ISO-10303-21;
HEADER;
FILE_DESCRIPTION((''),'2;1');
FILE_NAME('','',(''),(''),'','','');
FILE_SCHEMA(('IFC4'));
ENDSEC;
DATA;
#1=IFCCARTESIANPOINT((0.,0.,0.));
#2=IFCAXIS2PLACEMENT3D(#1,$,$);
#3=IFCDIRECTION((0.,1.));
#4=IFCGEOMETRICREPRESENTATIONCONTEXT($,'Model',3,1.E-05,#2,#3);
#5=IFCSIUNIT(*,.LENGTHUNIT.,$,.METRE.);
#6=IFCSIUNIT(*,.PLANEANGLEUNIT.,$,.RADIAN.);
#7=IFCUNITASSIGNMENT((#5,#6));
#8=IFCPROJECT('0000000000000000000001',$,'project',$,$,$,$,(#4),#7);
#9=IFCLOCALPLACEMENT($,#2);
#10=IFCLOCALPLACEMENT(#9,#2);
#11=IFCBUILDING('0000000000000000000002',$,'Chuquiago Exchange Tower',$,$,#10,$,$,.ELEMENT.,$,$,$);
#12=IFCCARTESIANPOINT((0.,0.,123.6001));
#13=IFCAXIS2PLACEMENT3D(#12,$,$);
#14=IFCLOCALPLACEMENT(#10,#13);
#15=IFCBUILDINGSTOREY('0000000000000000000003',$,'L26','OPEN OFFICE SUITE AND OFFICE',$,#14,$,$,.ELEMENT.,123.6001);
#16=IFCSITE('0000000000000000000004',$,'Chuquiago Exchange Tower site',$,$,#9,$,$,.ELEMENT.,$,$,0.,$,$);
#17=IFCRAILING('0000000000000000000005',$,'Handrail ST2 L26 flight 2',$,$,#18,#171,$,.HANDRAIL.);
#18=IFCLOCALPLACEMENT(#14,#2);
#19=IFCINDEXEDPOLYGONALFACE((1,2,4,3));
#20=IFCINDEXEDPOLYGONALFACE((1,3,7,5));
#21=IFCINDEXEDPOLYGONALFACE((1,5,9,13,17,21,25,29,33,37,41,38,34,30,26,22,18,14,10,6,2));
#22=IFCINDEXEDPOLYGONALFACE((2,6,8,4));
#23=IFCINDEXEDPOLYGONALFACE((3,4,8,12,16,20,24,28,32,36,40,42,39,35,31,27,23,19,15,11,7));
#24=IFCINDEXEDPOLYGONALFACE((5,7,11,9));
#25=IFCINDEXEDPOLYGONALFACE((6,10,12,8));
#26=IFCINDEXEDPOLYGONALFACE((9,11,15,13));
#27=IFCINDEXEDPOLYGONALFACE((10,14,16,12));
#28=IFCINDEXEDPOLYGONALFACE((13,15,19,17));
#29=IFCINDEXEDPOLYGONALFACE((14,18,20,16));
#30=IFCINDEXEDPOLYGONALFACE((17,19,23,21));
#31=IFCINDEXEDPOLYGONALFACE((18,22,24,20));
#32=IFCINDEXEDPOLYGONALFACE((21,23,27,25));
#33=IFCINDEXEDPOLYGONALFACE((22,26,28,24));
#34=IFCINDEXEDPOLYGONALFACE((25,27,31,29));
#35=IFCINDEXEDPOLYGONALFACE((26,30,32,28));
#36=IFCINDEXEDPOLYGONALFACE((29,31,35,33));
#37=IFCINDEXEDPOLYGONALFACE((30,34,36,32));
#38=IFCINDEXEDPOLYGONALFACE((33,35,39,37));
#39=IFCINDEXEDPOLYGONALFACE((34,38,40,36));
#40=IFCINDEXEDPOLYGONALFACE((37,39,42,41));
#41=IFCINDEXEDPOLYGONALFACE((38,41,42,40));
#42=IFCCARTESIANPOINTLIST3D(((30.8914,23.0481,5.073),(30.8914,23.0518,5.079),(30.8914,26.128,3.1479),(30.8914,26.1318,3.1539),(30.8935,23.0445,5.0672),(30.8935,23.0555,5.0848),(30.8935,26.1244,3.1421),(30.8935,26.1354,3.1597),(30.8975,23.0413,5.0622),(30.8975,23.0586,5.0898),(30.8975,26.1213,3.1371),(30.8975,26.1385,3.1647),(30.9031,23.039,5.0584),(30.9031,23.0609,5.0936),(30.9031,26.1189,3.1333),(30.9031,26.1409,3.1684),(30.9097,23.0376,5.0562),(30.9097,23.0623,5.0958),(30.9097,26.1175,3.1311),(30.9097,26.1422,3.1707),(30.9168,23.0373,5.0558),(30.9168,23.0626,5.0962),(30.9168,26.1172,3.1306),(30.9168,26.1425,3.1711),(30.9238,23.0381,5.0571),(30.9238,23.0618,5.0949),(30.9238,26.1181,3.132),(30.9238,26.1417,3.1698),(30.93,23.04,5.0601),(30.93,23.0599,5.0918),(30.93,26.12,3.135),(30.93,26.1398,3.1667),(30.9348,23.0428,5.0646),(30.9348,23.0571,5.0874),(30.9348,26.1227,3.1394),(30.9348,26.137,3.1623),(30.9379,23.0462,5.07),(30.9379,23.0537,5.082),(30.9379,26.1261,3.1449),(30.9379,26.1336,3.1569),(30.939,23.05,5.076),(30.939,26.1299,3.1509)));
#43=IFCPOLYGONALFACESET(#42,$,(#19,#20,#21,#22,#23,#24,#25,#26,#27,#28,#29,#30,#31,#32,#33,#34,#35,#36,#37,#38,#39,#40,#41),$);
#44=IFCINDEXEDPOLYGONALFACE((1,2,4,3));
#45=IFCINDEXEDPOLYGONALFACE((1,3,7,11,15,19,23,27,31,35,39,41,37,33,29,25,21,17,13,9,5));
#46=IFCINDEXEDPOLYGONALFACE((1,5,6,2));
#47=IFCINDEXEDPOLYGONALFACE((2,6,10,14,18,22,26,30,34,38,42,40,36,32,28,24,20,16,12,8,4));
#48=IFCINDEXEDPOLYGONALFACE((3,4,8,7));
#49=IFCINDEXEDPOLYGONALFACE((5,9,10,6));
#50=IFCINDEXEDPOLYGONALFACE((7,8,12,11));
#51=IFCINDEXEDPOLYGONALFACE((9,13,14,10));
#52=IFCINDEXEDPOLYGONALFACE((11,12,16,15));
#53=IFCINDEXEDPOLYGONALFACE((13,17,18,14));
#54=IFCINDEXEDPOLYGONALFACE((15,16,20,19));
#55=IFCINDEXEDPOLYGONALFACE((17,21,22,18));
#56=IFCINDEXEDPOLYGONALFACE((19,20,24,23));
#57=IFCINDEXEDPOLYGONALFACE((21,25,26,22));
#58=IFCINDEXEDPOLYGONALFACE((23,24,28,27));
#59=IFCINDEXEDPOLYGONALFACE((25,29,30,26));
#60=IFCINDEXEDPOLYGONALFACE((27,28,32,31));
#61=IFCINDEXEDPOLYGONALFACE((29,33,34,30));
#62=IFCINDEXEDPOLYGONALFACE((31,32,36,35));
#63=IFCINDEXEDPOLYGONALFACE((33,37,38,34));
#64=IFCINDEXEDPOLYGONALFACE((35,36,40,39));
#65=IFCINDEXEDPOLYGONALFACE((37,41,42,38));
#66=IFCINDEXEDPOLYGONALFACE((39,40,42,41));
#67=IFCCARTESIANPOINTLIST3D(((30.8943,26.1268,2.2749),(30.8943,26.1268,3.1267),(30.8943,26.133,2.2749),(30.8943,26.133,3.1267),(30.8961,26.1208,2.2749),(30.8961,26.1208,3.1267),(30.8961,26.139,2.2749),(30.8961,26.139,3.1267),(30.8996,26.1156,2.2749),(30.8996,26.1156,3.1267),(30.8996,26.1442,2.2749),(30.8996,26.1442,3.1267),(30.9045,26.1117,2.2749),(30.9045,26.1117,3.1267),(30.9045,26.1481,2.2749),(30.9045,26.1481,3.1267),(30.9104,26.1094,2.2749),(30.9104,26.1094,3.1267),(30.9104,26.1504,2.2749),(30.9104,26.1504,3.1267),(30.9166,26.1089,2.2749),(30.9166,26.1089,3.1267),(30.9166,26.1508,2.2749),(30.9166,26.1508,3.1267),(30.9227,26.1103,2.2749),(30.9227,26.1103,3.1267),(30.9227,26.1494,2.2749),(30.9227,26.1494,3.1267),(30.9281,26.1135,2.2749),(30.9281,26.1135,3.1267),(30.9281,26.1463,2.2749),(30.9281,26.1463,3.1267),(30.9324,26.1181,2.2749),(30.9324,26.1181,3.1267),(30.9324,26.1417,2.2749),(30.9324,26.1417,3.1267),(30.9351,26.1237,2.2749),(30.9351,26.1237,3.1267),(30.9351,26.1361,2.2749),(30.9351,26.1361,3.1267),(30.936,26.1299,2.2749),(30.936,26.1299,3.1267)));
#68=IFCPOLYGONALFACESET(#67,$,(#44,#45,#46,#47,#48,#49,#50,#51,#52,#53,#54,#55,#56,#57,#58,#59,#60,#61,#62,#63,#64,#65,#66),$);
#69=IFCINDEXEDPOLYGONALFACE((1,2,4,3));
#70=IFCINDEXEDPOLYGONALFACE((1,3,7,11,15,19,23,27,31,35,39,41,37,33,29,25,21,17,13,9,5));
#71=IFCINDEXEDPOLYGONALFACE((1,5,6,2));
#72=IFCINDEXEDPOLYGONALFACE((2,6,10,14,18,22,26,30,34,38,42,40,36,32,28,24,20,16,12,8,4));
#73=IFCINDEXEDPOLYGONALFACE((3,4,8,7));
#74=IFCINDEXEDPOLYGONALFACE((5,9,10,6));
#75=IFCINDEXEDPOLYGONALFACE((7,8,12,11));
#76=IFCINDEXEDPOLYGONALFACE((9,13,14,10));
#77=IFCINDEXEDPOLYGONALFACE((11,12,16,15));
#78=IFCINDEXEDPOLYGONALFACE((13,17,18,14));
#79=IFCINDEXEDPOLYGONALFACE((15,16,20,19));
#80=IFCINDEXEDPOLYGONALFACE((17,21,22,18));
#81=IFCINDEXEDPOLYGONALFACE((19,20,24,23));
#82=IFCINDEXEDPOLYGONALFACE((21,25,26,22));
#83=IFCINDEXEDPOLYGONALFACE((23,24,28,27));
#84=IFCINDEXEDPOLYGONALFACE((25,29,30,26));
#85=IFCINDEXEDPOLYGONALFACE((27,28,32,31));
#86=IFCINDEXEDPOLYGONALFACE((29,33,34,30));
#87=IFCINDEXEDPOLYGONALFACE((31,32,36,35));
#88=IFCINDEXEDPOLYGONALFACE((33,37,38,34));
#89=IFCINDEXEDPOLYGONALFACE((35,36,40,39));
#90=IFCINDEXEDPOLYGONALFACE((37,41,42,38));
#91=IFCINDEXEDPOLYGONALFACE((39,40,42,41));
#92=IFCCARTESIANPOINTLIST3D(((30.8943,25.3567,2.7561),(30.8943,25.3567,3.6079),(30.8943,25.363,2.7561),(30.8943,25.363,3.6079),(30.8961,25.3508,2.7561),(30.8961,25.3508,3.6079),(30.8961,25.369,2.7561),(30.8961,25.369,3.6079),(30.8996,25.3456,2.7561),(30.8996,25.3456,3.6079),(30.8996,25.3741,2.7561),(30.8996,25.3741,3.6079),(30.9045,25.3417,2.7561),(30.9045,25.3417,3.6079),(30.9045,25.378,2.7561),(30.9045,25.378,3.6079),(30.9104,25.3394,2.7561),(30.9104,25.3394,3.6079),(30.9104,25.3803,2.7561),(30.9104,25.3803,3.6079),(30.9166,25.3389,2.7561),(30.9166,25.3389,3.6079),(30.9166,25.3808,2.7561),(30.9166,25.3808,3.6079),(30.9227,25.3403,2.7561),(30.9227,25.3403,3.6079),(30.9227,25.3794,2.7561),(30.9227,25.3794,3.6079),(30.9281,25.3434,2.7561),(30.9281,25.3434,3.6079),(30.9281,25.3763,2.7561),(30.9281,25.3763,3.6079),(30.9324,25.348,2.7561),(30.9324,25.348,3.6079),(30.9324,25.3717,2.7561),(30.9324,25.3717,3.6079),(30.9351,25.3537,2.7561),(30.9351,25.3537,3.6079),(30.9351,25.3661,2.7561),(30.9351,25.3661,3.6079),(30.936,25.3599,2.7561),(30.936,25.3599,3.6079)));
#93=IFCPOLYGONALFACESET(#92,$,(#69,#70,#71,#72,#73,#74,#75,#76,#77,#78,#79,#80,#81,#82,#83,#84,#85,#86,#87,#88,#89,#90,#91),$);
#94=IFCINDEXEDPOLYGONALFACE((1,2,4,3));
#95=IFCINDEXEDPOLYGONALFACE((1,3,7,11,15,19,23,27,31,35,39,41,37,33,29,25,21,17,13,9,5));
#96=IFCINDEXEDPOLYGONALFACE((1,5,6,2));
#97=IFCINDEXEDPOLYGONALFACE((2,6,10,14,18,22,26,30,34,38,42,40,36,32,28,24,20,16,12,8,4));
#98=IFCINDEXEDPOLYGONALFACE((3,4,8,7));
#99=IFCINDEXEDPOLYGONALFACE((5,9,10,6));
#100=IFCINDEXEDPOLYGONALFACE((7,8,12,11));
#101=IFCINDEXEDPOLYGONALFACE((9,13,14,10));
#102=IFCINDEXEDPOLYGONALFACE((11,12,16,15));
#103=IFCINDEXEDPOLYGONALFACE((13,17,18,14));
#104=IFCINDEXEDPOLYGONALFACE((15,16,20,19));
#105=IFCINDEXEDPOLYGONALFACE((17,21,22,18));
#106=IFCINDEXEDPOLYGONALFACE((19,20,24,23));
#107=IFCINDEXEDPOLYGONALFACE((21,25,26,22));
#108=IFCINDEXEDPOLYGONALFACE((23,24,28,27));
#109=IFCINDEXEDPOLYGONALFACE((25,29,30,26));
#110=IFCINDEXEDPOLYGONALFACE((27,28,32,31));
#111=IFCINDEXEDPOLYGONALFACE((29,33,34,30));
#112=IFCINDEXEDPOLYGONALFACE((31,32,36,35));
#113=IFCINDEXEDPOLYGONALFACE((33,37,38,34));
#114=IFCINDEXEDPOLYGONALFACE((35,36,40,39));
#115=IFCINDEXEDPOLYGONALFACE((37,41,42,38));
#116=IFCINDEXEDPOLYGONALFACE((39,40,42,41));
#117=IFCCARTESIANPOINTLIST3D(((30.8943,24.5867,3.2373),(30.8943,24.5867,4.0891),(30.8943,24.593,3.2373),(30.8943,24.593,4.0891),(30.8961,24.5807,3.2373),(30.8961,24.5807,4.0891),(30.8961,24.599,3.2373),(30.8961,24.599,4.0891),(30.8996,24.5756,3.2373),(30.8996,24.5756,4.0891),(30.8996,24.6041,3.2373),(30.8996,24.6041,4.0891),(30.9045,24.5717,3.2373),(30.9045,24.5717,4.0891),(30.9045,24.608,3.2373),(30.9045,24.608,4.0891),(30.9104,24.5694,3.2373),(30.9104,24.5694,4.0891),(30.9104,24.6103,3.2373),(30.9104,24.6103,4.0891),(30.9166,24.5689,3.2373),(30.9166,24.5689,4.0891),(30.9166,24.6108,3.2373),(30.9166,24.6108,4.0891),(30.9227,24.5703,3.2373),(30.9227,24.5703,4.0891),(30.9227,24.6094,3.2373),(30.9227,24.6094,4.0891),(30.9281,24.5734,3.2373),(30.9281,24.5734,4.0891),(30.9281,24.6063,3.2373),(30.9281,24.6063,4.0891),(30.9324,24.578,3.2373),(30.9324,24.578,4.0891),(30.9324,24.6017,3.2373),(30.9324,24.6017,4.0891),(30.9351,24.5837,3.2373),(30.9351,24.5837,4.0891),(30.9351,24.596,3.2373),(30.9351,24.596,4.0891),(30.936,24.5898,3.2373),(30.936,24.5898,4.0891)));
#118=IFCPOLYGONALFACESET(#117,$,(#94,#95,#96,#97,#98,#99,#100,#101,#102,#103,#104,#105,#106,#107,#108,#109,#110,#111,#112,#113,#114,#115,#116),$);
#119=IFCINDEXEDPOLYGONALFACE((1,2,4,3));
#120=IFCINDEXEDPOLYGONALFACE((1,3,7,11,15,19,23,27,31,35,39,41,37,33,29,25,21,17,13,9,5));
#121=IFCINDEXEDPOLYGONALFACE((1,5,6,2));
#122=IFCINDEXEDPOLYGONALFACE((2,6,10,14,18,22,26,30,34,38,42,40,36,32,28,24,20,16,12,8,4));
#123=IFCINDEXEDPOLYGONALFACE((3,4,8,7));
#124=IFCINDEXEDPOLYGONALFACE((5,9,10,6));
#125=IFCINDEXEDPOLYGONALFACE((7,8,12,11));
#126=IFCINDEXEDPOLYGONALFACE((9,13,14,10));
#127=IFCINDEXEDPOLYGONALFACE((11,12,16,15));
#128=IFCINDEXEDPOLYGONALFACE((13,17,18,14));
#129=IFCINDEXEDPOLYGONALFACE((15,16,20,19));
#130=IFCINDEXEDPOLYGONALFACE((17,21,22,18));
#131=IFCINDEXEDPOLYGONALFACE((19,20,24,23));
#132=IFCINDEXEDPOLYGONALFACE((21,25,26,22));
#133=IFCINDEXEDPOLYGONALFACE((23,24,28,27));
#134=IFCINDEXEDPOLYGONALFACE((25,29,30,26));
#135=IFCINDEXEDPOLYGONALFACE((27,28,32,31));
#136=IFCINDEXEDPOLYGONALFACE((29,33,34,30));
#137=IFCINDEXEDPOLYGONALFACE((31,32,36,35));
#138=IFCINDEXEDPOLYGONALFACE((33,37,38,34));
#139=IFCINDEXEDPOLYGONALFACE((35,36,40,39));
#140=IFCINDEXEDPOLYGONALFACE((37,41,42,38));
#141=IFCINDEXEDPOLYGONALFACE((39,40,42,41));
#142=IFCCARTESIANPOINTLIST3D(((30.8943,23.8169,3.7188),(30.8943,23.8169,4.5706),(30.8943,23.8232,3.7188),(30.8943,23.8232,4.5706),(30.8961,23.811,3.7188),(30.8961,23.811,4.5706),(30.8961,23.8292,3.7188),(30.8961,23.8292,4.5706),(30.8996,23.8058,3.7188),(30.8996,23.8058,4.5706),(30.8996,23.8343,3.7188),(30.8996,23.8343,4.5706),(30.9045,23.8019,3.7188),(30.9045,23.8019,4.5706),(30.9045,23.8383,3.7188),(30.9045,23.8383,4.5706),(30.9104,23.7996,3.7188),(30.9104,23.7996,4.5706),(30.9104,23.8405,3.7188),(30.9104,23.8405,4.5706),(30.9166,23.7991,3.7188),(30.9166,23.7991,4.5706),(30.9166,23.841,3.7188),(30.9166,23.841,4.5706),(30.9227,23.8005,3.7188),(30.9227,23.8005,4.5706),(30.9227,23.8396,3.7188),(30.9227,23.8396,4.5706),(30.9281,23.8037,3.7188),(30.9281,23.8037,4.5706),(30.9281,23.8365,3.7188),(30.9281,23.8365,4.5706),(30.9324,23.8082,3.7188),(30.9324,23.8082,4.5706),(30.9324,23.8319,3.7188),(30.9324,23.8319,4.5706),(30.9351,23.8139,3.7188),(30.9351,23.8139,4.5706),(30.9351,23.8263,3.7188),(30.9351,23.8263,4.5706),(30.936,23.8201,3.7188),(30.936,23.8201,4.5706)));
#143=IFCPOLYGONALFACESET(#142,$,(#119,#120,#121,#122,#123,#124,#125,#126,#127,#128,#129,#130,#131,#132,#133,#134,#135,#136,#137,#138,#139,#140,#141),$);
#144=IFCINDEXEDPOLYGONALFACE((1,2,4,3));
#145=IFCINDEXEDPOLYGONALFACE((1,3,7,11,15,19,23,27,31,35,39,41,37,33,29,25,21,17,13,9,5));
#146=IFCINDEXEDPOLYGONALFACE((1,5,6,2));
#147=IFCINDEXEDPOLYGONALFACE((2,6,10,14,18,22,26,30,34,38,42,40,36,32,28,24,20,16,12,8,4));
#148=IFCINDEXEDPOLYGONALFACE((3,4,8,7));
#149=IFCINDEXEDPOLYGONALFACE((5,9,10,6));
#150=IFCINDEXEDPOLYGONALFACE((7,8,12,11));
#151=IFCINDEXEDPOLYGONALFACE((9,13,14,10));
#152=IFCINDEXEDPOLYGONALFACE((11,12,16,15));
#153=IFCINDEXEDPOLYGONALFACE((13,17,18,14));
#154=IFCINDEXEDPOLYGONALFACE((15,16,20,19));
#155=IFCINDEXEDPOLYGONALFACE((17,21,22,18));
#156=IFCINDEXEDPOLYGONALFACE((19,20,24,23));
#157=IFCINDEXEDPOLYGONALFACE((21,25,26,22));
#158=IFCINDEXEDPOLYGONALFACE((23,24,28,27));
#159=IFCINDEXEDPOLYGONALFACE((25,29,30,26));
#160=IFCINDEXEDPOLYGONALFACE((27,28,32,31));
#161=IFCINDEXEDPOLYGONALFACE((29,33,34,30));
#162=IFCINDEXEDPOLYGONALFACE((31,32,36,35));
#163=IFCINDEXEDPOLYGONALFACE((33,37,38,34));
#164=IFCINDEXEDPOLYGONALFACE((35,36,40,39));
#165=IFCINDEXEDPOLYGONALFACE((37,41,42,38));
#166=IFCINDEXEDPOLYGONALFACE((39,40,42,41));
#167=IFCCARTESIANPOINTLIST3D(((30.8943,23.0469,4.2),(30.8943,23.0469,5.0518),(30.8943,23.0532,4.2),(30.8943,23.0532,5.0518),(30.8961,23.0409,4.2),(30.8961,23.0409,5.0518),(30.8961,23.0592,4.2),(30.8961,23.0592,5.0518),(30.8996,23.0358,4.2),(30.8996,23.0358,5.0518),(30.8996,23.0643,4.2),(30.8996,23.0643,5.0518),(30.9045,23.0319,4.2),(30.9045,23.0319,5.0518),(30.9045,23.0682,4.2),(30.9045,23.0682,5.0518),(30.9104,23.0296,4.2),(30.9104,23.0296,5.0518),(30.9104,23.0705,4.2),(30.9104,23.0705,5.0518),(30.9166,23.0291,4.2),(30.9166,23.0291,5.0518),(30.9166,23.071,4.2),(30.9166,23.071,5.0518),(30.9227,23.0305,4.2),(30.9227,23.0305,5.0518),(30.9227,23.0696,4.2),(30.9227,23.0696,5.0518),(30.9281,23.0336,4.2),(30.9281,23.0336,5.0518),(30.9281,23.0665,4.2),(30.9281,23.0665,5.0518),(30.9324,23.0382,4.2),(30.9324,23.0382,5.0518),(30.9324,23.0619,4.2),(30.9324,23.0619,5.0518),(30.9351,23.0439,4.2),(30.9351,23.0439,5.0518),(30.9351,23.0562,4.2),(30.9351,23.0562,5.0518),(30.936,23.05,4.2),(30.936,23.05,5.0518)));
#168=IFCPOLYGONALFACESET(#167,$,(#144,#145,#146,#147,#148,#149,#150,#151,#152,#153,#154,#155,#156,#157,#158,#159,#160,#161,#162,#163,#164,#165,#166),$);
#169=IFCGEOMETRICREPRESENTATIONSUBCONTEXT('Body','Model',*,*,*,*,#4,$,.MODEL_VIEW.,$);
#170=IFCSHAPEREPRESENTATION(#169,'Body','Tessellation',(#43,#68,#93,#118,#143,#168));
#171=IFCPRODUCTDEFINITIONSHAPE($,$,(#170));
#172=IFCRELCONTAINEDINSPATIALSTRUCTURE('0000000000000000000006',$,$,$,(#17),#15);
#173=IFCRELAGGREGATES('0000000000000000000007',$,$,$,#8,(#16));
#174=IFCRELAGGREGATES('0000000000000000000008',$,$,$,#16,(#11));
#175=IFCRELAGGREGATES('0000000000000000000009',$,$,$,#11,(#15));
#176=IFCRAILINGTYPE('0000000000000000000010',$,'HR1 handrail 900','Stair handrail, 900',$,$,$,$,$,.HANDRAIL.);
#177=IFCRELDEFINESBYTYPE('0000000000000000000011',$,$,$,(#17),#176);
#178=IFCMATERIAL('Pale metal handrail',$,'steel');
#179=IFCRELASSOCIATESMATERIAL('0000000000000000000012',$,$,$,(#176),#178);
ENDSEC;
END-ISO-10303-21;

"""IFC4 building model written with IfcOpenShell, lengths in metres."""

from ifc_helpers import new_model, si_unit, direction, frame, origin, origin_2d, place, context, subcontext, project, spatial, circle, extrude, material, type_object, element, save


model = new_model("IFC4")

# Units and contexts
model_context = context("Model", 3, precision=1e-05, world=origin(), true_north=direction((0.0, 1.0)))
body_context = subcontext(model_context, "Body", "Model", "MODEL_VIEW")
ifc_project = project(units=[si_unit("LENGTHUNIT", "METRE"), si_unit("PLANEANGLEUNIT", "RADIAN")], contexts=[model_context])

# Site, building, storey
site_placement = place(None, origin())
site = spatial("IfcSite", under=ifc_project, at=site_placement, Name="Chuquiago Exchange Tower site", CompositionType="ELEMENT", RefElevation=0.0)
building_placement = place(site_placement, origin())
building = spatial("IfcBuilding", under=site, at=building_placement, Name="Chuquiago Exchange Tower", CompositionType="ELEMENT")
storey_placement = place(building_placement, frame((0.0, 0.0, 123.6001)))
storey = spatial("IfcBuildingStorey", under=building, at=storey_placement, Name="L26", Description="OPEN OFFICE SUITE AND OFFICE", CompositionType="ELEMENT", Elevation=123.6001)

# Railing
ifc_material_1 = material(Name="Pale metal handrail", Category="steel")
railing_type_1 = type_object("IfcRailingType", Name="HR1 handrail 900", Description="Stair handrail, 900", PredefinedType="HANDRAIL", material=ifc_material_1)
railing_1_placement = place(storey_placement, frame((30.915, 26.1299, 2.2749)))
element("IfcRailing", 1, at=railing_1_placement, inside=storey, type_object=railing_type_1, Name="Handrail ST2 L26 flight 2", PredefinedType="HANDRAIL", context=body_context, shape_type="SweptSolid", body=[
    extrude(circle(Radius=0.0239, at=origin_2d()), frame((0.0, 0.0, 0.876), z_axis=(0.0, -0.847979, 0.530029), x_axis=(1.0, 0.0, 0.0)), (0.0, 0.0, 1.0), 3.6321),
    extrude(circle(Radius=0.021, at=origin_2d()), origin(), (0.0, 0.0, 1.0), 0.8518),
    extrude(circle(Radius=0.021, at=origin_2d()), frame((0.0, -0.77, 0.4812)), (0.0, 0.0, 1.0), 0.8518),
    extrude(circle(Radius=0.021, at=origin_2d()), frame((0.0, -1.54, 0.9624)), (0.0, 0.0, 1.0), 0.8518),
    extrude(circle(Radius=0.021, at=origin_2d()), frame((0.0, -2.3098, 1.4438)), (0.0, 0.0, 1.0), 0.8518),
    extrude(circle(Radius=0.021, at=origin_2d()), frame((0.0, -3.0798, 1.925)), (0.0, 0.0, 1.0), 0.8518),
])

save(model, "model.ifc")
